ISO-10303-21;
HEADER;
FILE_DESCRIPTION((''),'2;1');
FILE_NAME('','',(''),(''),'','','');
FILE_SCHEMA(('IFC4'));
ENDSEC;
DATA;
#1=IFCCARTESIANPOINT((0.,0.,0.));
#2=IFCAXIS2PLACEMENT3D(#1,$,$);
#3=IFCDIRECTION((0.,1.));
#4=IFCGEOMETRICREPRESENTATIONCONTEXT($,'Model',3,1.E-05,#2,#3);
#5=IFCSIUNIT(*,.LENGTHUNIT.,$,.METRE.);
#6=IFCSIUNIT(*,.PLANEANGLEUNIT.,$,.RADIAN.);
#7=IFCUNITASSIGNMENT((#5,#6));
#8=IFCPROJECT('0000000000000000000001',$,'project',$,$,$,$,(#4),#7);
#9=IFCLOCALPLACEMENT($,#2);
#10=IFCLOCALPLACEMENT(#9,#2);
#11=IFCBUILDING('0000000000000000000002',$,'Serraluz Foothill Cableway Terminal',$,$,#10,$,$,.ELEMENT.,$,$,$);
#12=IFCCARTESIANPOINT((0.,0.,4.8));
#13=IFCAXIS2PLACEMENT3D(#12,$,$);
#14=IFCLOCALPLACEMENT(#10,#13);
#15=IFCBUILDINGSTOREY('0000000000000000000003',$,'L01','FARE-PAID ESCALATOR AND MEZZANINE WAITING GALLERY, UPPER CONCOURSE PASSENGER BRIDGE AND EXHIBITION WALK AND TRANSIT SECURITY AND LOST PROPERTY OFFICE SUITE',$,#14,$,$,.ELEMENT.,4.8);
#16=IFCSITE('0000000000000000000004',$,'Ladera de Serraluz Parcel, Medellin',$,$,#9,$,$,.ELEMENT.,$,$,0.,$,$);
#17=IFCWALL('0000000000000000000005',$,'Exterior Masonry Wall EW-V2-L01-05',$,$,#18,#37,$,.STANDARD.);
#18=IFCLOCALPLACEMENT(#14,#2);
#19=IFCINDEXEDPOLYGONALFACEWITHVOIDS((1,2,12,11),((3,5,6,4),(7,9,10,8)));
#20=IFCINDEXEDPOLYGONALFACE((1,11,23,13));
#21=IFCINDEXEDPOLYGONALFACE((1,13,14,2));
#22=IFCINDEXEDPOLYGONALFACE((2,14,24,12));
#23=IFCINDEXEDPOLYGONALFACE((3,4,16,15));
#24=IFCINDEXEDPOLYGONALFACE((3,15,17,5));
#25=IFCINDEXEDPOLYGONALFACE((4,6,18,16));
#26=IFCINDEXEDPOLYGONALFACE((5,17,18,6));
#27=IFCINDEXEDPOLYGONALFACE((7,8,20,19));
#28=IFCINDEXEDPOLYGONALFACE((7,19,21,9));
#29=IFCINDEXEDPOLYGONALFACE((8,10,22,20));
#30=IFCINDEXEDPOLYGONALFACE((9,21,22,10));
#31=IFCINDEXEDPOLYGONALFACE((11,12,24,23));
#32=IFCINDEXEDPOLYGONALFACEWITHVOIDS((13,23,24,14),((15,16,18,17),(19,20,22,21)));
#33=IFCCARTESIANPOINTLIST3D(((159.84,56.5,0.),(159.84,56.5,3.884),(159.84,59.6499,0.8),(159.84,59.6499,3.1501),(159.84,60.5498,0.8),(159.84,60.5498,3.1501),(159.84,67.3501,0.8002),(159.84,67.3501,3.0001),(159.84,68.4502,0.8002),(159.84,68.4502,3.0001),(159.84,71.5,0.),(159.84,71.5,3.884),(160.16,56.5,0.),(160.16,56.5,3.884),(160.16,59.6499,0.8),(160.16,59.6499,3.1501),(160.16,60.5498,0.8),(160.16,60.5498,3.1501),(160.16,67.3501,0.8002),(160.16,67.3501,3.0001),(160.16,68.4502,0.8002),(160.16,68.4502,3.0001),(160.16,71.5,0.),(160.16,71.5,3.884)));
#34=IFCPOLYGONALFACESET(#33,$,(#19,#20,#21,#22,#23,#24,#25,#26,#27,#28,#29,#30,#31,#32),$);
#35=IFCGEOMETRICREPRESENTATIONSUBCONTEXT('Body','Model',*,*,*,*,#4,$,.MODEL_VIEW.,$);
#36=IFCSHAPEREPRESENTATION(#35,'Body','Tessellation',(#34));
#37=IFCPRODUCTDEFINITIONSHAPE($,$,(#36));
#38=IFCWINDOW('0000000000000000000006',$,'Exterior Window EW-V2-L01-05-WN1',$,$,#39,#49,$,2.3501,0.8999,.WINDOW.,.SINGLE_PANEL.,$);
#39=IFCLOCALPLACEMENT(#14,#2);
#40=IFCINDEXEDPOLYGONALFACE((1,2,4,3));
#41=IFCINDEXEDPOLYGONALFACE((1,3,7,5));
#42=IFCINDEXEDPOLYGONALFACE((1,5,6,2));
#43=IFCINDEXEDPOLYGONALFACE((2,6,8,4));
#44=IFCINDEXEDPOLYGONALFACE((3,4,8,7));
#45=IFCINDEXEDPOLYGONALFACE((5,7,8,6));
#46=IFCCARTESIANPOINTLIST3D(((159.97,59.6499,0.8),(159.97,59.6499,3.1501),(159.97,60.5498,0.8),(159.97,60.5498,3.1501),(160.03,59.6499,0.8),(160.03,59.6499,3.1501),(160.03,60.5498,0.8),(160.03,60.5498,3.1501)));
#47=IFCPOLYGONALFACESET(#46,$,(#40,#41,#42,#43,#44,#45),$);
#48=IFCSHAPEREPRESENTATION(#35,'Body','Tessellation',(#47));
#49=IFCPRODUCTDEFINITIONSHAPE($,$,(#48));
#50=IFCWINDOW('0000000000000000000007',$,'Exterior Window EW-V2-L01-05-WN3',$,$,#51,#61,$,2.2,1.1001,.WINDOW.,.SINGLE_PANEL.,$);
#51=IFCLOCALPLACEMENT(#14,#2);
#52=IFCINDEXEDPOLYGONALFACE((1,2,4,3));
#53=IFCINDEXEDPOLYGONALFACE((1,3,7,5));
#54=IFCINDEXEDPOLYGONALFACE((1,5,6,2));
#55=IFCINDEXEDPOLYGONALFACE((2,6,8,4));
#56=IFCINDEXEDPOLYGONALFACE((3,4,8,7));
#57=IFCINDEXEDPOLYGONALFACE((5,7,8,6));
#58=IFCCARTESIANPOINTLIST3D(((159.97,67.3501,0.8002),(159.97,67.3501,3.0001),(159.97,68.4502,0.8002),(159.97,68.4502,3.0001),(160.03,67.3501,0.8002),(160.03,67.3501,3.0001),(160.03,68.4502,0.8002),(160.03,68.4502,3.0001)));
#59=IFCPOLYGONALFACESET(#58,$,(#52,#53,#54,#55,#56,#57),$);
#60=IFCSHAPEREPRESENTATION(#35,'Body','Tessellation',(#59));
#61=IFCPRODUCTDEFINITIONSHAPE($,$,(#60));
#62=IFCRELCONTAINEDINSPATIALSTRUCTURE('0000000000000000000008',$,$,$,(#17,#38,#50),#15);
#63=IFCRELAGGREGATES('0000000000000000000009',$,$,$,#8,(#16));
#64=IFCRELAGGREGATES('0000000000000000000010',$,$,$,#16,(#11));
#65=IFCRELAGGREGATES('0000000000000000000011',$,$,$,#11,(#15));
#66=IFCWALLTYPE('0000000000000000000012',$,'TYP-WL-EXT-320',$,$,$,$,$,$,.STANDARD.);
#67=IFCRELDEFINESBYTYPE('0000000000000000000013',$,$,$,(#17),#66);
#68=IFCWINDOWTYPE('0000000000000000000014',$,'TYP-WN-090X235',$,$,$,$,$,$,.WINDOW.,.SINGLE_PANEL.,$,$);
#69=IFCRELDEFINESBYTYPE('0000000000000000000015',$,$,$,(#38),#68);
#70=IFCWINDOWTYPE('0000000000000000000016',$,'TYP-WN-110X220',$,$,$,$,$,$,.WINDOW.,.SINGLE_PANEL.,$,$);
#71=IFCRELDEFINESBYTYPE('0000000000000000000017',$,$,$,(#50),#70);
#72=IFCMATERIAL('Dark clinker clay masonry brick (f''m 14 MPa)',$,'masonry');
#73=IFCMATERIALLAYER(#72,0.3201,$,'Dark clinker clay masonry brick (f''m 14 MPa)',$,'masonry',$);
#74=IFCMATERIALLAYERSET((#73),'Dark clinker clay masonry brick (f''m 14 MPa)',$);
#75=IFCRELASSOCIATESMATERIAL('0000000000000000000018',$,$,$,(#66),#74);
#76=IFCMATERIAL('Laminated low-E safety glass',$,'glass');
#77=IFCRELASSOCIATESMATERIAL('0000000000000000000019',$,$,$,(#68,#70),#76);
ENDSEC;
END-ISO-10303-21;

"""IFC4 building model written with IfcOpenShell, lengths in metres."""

from ifc_helpers import new_model, si_unit, direction, frame, frame_2d, origin, place, context, subcontext, project, spatial, rectangle, extrude, material, layer, layer_set, type_object, element, fill, save


model = new_model("IFC4")

# Units and contexts
model_context = context("Model", 3, precision=1e-05, world=origin(), true_north=direction((0.0, 1.0)))
body_context = subcontext(model_context, "Body", "Model", "MODEL_VIEW")
ifc_project = project(units=[si_unit("LENGTHUNIT", "METRE"), si_unit("PLANEANGLEUNIT", "RADIAN")], contexts=[model_context])

# Site, building, storey
site_placement = place(None, origin())
site = spatial("IfcSite", under=ifc_project, at=site_placement, Name="Ladera de Serraluz Parcel, Medellin", CompositionType="ELEMENT", RefElevation=0.0)
building_placement = place(site_placement, origin())
building = spatial("IfcBuilding", under=site, at=building_placement, Name="Serraluz Foothill Cableway Terminal", CompositionType="ELEMENT")
storey_placement = place(building_placement, frame((0.0, 0.0, 4.8)))
storey = spatial("IfcBuildingStorey", under=building, at=storey_placement, Name="L01", Description="FARE-PAID ESCALATOR AND MEZZANINE WAITING GALLERY, UPPER CONCOURSE PASSENGER BRIDGE AND EXHIBITION WALK AND TRANSIT SECURITY AND LOST PROPERTY OFFICE SUITE", CompositionType="ELEMENT", Elevation=4.8)

# Wall, openings, windows
ifc_material_1 = material(Name="Dark clinker clay masonry brick (f'm 14 MPa)", Category="masonry")
ifc_layer = layer(ifc_material_1, 0.3201, Name="Dark clinker clay masonry brick (f'm 14 MPa)", Category="masonry")
ifc_layer_set = layer_set([ifc_layer], Name="Dark clinker clay masonry brick (f'm 14 MPa)")
wall_type = type_object("IfcWallType", Name="TYP-WL-EXT-320", PredefinedType="STANDARD", material=ifc_layer_set)
ifc_material_2 = material(Name="Laminated low-E safety glass", Category="glass")
window_type_1 = type_object("IfcWindowType", Name="TYP-WN-090X235", PartitioningType="SINGLE_PANEL", PredefinedType="WINDOW", material=ifc_material_2)
window_type_2 = type_object("IfcWindowType", Name="TYP-WN-110X220", PartitioningType="SINGLE_PANEL", PredefinedType="WINDOW", material=ifc_material_2)
wall_1_placement = place(storey_placement, frame((160.0, 56.5, 0.0), z_axis=(0.0, 0.0, 1.0), x_axis=(0.0, 1.0, 0.0)))
wall_1 = element("IfcWall", 1, at=wall_1_placement, inside=storey, type_object=wall_type, Name="Exterior Masonry Wall EW-V2-L01-05", PredefinedType="STANDARD", context=body_context, shape_type="SweptSolid", body=[
    extrude(rectangle(XDim=15.0, YDim=0.3201, at=frame_2d((7.5, 0.0))), origin(), (0.0, 0.0, 1.0), 3.884),
])
opening_1_placement = place(wall_1_placement, frame((3.1499, 0.0, 0.8)))
opening_1 = element("IfcOpeningElement", 2, at=opening_1_placement, cuts=wall_1, PredefinedType="OPENING", context=body_context, shape_type="SweptSolid", body=[
    extrude(rectangle(XDim=0.8999, YDim=2.3501, at=frame_2d((0.45, 1.175))), frame((0.0, 0.1699, 0.0), z_axis=(0.0, -1.0, 0.0), x_axis=(1.0, 0.0, 0.0)), (0.0, 0.0, 1.0), 0.3401),
])
opening_2_placement = place(wall_1_placement, frame((10.8501, 0.0, 0.8)))
opening_2 = element("IfcOpeningElement", 3, at=opening_2_placement, cuts=wall_1, PredefinedType="OPENING", context=body_context, shape_type="SweptSolid", body=[
    extrude(rectangle(XDim=1.1001, YDim=2.2, at=frame_2d((0.55, 1.1001))), frame((0.0, 0.1699, 0.0), z_axis=(0.0, -1.0, 0.0), x_axis=(1.0, 0.0, 0.0)), (0.0, 0.0, 1.0), 0.3401),
])
window_1_placement = place(opening_1_placement, origin())
window_1 = element("IfcWindow", 4, at=window_1_placement, inside=storey, type_object=window_type_1, Name="Exterior Window EW-V2-L01-05-WN1", OverallHeight=2.3501, OverallWidth=0.8999, PartitioningType="SINGLE_PANEL", PredefinedType="WINDOW", context=body_context, shape_type="SweptSolid", body=[
    extrude(rectangle(XDim=0.8999, YDim=2.3501, at=frame_2d((0.45, 1.175))), frame((0.0, 0.03, 0.0), z_axis=(0.0, -1.0, 0.0), x_axis=(1.0, 0.0, 0.0)), (0.0, 0.0, 1.0), 0.0601),
])
fill(opening_1, window_1)
window_2_placement = place(opening_2_placement, origin())
window_2 = element("IfcWindow", 5, at=window_2_placement, inside=storey, type_object=window_type_2, Name="Exterior Window EW-V2-L01-05-WN3", OverallHeight=2.2, OverallWidth=1.1001, PartitioningType="SINGLE_PANEL", PredefinedType="WINDOW", context=body_context, shape_type="SweptSolid", body=[
    extrude(rectangle(XDim=1.1001, YDim=2.2, at=frame_2d((0.55, 1.1001))), frame((0.0, 0.03, 0.0), z_axis=(0.0, -1.0, 0.0), x_axis=(1.0, 0.0, 0.0)), (0.0, 0.0, 1.0), 0.0601),
])
fill(opening_2, window_2)

save(model, "model.ifc")
